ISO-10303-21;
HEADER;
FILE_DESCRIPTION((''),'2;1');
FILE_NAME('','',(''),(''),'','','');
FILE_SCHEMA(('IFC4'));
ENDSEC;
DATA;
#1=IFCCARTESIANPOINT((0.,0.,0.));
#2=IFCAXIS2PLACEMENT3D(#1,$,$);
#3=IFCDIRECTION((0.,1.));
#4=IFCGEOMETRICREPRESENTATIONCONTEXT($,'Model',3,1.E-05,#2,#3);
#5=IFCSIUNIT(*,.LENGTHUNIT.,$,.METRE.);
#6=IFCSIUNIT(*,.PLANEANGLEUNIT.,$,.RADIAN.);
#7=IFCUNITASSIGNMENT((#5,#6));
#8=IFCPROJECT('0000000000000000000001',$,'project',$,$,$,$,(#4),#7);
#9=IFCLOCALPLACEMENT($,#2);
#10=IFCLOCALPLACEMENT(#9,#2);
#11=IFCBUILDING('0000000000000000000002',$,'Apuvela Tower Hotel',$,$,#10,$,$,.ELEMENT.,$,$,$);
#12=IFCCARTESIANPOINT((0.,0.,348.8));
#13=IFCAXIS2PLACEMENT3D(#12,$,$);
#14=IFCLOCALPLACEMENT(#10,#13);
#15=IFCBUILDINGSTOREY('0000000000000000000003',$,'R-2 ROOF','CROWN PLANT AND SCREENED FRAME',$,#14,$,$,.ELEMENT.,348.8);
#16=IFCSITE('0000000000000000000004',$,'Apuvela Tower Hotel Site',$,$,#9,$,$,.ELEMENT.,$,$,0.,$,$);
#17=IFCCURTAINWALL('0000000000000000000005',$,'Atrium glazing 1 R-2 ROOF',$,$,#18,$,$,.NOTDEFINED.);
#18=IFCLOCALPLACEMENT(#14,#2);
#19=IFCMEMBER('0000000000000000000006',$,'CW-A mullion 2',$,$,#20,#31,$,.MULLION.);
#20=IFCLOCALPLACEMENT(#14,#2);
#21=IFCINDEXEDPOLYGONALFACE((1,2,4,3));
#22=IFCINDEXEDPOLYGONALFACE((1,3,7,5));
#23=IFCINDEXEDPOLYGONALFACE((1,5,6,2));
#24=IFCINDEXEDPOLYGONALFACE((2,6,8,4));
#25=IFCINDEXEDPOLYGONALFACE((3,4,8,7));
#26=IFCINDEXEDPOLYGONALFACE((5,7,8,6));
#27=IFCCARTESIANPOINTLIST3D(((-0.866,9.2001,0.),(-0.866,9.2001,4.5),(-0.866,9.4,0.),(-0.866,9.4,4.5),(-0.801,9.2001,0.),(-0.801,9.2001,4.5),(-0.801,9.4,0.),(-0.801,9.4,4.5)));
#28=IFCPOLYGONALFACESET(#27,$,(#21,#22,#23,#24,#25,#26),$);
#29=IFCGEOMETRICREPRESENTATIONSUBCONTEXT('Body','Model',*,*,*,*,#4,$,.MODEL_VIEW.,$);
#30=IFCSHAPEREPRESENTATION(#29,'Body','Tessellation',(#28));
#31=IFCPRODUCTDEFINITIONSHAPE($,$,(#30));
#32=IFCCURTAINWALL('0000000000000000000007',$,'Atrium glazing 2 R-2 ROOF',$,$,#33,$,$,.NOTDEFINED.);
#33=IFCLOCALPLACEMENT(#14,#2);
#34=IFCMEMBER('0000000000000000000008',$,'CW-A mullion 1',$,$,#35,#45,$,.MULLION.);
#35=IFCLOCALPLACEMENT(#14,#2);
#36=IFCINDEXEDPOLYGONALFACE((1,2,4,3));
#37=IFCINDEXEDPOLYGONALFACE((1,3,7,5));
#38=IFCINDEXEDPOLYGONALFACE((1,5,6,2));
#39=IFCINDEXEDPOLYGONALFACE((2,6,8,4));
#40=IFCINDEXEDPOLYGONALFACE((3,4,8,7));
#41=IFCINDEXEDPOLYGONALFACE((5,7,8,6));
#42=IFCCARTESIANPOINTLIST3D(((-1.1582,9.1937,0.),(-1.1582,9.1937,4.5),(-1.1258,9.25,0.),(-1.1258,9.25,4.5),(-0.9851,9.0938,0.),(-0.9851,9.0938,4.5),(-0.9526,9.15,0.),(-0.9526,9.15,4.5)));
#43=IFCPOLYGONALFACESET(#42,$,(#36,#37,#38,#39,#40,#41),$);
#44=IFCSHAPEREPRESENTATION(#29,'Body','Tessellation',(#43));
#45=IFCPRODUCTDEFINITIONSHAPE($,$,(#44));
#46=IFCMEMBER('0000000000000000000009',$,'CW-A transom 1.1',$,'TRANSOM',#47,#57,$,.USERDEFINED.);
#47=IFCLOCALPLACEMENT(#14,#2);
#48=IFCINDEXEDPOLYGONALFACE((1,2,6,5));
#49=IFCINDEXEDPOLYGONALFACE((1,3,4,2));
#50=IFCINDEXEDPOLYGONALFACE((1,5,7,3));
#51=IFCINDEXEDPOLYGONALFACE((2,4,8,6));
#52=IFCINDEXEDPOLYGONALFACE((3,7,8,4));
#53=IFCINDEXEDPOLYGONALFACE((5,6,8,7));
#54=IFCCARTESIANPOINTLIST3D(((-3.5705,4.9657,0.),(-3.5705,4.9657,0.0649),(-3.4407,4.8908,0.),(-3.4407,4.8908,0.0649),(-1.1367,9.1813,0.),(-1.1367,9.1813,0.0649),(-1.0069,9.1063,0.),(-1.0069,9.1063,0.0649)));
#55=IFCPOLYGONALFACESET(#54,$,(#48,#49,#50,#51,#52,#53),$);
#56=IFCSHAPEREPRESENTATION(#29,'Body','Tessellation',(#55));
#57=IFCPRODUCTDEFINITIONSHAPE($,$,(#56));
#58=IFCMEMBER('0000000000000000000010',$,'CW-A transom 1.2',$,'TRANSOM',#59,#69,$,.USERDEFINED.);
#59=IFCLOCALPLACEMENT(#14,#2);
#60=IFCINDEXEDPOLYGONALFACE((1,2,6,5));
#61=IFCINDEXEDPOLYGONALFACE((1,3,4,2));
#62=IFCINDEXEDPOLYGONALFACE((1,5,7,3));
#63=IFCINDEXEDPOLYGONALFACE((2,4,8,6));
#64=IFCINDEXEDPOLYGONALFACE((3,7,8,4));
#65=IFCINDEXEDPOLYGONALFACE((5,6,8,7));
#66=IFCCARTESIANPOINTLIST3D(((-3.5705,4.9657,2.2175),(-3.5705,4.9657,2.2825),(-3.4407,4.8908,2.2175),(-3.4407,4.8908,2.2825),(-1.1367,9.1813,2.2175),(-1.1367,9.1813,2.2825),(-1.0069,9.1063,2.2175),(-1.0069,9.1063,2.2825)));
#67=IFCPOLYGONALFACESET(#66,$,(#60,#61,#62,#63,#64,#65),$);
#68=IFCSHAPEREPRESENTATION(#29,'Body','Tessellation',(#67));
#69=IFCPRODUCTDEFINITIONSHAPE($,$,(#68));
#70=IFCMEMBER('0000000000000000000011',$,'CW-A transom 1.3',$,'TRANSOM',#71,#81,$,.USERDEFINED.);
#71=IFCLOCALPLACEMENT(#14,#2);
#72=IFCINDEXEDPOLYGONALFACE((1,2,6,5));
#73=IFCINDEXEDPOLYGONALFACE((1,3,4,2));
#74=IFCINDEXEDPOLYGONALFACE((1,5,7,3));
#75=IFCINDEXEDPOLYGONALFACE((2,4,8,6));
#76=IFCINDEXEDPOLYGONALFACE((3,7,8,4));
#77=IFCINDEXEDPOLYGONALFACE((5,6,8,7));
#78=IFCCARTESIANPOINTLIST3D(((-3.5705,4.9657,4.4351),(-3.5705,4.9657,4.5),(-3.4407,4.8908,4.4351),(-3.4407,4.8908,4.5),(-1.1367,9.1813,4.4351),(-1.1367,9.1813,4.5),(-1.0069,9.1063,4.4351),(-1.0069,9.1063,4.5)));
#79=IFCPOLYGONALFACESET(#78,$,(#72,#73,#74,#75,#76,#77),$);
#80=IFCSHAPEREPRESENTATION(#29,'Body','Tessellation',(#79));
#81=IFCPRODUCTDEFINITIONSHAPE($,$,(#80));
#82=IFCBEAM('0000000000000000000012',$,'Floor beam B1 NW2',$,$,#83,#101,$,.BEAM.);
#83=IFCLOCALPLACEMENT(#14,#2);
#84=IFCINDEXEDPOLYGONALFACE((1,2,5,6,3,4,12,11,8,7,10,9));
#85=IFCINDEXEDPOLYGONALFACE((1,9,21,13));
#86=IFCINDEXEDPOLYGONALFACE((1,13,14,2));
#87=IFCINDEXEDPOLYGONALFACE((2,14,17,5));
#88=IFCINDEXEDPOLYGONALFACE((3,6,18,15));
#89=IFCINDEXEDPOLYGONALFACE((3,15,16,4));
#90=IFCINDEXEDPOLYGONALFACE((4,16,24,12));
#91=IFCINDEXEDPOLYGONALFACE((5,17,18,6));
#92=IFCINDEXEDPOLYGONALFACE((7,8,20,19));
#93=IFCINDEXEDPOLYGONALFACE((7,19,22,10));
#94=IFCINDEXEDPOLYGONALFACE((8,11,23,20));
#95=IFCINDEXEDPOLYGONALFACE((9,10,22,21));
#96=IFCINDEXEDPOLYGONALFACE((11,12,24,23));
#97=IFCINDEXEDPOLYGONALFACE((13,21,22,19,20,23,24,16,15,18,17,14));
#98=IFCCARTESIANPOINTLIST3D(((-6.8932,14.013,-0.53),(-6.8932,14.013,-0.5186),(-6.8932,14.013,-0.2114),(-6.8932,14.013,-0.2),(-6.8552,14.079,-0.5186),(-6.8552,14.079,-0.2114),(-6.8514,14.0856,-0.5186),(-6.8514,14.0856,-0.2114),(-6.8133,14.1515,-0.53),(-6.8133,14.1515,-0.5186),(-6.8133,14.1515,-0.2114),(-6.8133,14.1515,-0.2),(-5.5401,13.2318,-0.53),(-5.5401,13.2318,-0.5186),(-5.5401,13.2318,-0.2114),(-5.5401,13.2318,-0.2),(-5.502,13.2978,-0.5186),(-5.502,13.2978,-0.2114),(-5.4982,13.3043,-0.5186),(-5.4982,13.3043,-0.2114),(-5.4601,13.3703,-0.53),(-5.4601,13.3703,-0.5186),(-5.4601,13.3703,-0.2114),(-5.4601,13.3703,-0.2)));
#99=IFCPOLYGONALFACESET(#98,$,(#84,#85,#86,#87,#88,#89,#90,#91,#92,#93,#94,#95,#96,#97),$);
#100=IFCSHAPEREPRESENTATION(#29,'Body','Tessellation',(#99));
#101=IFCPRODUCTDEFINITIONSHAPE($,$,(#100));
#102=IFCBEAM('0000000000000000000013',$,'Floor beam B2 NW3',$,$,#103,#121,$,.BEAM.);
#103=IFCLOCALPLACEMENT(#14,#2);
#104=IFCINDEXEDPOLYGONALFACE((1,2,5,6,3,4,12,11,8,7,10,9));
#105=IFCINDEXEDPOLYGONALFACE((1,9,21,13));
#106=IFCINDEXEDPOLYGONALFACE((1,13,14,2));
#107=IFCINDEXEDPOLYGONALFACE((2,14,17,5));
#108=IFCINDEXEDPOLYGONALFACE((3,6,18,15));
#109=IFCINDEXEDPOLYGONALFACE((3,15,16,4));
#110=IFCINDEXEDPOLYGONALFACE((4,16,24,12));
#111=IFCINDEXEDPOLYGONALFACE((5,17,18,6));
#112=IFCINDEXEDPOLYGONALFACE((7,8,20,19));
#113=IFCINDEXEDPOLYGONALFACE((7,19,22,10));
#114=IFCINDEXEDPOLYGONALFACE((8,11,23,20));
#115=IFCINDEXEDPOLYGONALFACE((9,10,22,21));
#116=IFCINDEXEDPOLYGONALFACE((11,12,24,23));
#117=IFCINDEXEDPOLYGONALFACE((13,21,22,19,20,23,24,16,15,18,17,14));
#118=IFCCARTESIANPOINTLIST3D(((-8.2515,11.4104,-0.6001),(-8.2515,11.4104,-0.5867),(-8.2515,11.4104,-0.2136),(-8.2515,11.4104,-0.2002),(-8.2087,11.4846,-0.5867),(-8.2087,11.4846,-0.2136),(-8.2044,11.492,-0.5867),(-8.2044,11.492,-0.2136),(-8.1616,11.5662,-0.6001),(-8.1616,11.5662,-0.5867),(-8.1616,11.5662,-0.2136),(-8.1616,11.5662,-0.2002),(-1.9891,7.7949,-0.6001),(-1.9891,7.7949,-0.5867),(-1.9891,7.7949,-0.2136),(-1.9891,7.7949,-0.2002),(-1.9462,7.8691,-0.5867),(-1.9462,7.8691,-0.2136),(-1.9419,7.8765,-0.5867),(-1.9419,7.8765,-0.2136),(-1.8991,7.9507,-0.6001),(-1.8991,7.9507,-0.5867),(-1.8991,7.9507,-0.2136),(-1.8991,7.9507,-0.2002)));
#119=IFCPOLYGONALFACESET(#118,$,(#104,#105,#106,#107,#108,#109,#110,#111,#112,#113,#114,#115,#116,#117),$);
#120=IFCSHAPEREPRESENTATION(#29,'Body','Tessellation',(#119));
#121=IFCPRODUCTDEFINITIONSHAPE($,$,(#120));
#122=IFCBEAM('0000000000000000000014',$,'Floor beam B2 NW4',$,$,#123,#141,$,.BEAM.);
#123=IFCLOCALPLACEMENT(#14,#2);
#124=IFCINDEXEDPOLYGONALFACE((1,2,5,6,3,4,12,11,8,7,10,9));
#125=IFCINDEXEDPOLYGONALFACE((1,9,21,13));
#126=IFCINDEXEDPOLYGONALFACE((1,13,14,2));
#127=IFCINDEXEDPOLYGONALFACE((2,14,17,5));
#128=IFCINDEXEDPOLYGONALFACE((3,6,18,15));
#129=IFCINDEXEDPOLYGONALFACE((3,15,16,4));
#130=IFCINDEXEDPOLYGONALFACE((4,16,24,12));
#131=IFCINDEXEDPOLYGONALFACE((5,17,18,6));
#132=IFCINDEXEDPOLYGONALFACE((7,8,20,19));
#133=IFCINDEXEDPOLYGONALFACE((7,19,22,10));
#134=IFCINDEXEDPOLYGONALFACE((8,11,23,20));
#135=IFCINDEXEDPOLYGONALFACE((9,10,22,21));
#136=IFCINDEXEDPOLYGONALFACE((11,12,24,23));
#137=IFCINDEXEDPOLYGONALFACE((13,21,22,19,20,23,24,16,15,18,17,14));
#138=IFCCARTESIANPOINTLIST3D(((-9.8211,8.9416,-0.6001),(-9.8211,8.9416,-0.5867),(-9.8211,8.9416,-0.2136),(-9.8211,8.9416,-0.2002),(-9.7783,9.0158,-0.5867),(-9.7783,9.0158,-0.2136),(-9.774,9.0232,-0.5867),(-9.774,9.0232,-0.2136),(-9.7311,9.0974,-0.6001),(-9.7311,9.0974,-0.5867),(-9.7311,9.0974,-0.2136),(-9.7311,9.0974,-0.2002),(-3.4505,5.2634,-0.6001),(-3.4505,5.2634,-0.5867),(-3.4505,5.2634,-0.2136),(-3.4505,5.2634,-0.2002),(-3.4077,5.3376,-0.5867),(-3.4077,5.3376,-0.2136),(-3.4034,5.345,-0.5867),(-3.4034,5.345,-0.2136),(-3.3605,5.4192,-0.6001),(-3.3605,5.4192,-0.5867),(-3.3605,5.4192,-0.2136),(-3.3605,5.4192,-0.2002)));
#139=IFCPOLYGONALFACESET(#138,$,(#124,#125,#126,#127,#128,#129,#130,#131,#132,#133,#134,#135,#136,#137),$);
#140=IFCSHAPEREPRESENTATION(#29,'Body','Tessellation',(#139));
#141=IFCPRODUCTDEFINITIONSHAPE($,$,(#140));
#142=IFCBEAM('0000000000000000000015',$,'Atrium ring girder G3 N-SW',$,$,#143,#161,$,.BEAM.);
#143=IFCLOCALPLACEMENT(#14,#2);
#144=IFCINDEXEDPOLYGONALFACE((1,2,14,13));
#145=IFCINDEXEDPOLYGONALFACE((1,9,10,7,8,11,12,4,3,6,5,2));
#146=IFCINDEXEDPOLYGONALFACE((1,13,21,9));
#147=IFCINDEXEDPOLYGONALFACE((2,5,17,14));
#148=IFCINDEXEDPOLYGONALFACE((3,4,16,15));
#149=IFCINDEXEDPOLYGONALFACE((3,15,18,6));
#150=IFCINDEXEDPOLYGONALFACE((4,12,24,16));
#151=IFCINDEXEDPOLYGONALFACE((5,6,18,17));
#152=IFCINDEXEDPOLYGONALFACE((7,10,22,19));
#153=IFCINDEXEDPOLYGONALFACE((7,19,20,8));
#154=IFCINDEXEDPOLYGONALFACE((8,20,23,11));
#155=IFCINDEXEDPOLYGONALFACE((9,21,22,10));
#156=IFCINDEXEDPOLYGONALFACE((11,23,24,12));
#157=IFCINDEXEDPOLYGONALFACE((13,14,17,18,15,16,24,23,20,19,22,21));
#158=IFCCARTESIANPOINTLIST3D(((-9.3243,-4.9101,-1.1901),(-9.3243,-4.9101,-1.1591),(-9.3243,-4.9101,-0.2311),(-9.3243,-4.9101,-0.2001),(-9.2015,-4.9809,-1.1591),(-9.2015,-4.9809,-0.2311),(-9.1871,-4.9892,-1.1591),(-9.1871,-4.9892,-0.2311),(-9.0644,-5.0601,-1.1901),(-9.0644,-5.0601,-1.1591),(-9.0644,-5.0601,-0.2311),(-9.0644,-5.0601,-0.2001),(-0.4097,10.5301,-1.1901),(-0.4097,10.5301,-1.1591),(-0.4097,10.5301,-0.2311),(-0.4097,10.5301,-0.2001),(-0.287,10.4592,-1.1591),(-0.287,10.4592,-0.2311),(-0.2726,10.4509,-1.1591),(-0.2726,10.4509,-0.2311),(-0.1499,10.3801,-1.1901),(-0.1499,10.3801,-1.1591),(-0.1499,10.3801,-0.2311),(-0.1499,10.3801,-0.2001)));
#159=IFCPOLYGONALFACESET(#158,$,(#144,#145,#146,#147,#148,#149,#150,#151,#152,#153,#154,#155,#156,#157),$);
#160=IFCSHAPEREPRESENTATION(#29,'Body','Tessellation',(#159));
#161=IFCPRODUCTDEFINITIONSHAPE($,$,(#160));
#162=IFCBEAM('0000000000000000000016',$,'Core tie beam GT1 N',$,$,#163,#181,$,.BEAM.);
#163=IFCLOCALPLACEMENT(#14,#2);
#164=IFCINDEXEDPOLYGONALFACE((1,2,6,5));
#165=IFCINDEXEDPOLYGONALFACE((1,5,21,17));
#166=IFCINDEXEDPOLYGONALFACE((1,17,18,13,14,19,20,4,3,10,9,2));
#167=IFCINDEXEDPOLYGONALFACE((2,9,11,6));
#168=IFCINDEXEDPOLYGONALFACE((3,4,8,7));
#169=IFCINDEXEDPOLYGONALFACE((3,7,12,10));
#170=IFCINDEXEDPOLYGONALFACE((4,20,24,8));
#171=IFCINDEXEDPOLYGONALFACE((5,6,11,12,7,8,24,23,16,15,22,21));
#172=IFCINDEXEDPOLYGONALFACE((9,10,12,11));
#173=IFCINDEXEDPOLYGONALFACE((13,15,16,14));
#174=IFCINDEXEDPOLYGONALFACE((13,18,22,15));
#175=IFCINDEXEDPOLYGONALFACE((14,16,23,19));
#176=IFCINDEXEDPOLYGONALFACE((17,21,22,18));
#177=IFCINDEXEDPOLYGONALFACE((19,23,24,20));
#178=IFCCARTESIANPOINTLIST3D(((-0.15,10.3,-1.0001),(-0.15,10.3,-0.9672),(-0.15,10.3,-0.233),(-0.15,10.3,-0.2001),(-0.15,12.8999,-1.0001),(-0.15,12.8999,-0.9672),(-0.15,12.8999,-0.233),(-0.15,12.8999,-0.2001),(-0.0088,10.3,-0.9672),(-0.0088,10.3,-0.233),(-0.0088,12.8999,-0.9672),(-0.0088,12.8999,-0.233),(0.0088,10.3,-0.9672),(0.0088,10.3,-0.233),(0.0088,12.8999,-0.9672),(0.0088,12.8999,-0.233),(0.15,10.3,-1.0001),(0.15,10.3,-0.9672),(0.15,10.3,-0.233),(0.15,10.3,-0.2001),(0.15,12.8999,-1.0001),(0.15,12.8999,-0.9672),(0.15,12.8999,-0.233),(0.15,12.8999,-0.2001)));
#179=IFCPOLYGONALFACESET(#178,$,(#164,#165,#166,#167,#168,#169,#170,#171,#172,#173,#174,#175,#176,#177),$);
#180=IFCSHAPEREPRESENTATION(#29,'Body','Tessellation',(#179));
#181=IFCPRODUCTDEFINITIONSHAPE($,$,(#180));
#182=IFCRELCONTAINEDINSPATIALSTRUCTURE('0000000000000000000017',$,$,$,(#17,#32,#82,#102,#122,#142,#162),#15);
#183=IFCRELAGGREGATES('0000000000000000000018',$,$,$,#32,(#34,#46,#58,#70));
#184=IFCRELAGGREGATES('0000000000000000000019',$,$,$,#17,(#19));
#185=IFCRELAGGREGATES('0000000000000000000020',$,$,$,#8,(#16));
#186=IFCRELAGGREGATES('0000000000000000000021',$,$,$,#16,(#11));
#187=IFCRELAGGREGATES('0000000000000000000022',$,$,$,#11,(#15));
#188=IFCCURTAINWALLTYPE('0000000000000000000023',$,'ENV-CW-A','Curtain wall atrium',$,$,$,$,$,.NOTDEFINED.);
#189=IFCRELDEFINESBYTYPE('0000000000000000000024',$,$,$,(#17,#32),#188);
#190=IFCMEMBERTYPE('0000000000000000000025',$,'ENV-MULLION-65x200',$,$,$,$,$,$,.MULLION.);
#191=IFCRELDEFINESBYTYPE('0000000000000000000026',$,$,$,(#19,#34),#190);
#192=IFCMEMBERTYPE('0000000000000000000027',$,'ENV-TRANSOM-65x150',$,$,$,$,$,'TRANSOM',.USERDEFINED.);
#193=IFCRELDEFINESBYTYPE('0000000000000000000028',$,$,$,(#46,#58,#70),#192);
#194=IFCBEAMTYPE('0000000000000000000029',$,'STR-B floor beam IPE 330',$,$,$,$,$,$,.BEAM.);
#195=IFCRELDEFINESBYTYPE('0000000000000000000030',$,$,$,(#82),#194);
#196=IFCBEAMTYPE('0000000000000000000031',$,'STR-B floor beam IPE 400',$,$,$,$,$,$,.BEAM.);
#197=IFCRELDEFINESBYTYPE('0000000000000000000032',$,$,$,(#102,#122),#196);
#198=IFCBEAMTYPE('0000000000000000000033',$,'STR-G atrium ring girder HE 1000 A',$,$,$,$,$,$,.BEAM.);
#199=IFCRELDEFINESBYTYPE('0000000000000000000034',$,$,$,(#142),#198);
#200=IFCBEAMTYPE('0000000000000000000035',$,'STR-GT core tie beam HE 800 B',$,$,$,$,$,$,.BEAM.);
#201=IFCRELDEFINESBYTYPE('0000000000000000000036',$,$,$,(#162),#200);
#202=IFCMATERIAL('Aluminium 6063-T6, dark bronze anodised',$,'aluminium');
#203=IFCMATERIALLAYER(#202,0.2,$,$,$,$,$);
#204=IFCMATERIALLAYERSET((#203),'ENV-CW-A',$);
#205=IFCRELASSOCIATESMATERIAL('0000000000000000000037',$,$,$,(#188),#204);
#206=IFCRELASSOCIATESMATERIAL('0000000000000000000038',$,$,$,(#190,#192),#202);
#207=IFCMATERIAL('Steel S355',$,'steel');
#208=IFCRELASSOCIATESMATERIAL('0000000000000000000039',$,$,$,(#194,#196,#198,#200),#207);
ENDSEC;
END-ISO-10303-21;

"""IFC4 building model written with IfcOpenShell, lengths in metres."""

from ifc_helpers import new_model, si_unit, direction, frame, origin, origin_2d, place, context, subcontext, project, spatial, rectangle, i_section, extrude, material, layer, layer_set, material_profile, profile_set, type_object, element, aggregate, save


model = new_model("IFC4")

# Units and contexts
model_context = context("Model", 3, precision=1e-05, world=origin(), true_north=direction((0.0, 1.0)))
body_context = subcontext(model_context, "Body", "Model", "MODEL_VIEW")
ifc_project = project(units=[si_unit("LENGTHUNIT", "METRE"), si_unit("PLANEANGLEUNIT", "RADIAN")], contexts=[model_context])

# Site, building, storey
site_placement = place(None, origin())
site = spatial("IfcSite", under=ifc_project, at=site_placement, Name="Apuvela Tower Hotel Site", CompositionType="ELEMENT", RefElevation=0.0)
building_placement = place(site_placement, origin())
building = spatial("IfcBuilding", under=site, at=building_placement, Name="Apuvela Tower Hotel", CompositionType="ELEMENT")
storey_placement = place(building_placement, frame((0.0, 0.0, 348.8)))
storey = spatial("IfcBuildingStorey", under=building, at=storey_placement, Name="R-2 ROOF", Description="CROWN PLANT AND SCREENED FRAME", CompositionType="ELEMENT", Elevation=348.8)

# Curtain wall, member
ifc_material_1 = material(Name="Aluminium 6063-T6, dark bronze anodised", Category="aluminium")
ifc_layer_1 = layer(ifc_material_1, 0.2)
ifc_layer_set_1 = layer_set([ifc_layer_1], Name="ENV-CW-A")
curtain_wall_type = type_object("IfcCurtainWallType", Name="ENV-CW-A", Description="Curtain wall atrium", PredefinedType="NOTDEFINED", material=ifc_layer_set_1)
curtain_wall_1_placement = place(storey_placement, origin())
curtain_wall_1 = element("IfcCurtainWall", 1, at=curtain_wall_1_placement, inside=storey, type_object=curtain_wall_type, Name="Atrium glazing 1 R-2 ROOF", PredefinedType="NOTDEFINED")
ifc_material_profile_1 = material_profile(ifc_material_1, rectangle(XDim=0.2, YDim=0.0649, at=origin_2d()), Name="AL 65x200")
ifc_profile_set_1 = profile_set([ifc_material_profile_1], Name="Aluminium 6063-T6, dark bronze anodised")
member_type_1 = type_object("IfcMemberType", Name="ENV-MULLION-65x200", PredefinedType="MULLION", material=ifc_profile_set_1)
member_1_placement = place(storey_placement, frame((-0.8335, 9.3, 0.0), z_axis=(0.0, 0.0, 1.0), x_axis=(0.0, -1.0, 0.0)))
member_1 = element("IfcMember", 2, at=member_1_placement, type_object=member_type_1, Name="CW-A mullion 2", PredefinedType="MULLION", context=body_context, shape_type="SweptSolid", body=[
    extrude(rectangle(XDim=0.2, YDim=0.0649, at=origin_2d()), origin(), (0.0, 0.0, 1.0), 4.5),
])

# Curtain wall, members
curtain_wall_2_placement = place(storey_placement, origin())
curtain_wall_2 = element("IfcCurtainWall", 3, at=curtain_wall_2_placement, inside=storey, type_object=curtain_wall_type, Name="Atrium glazing 2 R-2 ROOF", PredefinedType="NOTDEFINED")
member_2_placement = place(storey_placement, frame((-1.0554, 9.1719, 0.0), z_axis=(0.0, 0.0, 1.0), x_axis=(0.866026, -0.499999, 0.0)))
member_2 = element("IfcMember", 4, at=member_2_placement, type_object=member_type_1, Name="CW-A mullion 1", PredefinedType="MULLION", context=body_context, shape_type="SweptSolid", body=[
    extrude(rectangle(XDim=0.2, YDim=0.0649, at=origin_2d()), origin(), (0.0, 0.0, 1.0), 4.5),
])
ifc_material_profile_2 = material_profile(ifc_material_1, rectangle(XDim=0.1499, YDim=0.0649, at=origin_2d()), Name="AL 65x150 transom")
ifc_profile_set_2 = profile_set([ifc_material_profile_2], Name="Aluminium 6063-T6, dark bronze anodised")
member_type_2 = type_object("IfcMemberType", Name="ENV-TRANSOM-65x150", ElementType="TRANSOM", PredefinedType="USERDEFINED", material=ifc_profile_set_2)
member_3_placement = place(storey_placement, frame((-1.0718, 9.1438, 0.0325), z_axis=(-0.499996, -0.866028, 0.0), x_axis=(0.866028, -0.499996, 0.0)))
member_3 = element("IfcMember", 5, at=member_3_placement, type_object=member_type_2, Name="CW-A transom 1.1", ObjectType="TRANSOM", PredefinedType="USERDEFINED", context=body_context, shape_type="SweptSolid", body=[
    extrude(rectangle(XDim=0.1499, YDim=0.0649, at=origin_2d()), origin(), (0.0, 0.0, 1.0), 4.8677),
])
member_4_placement = place(storey_placement, frame((-1.0718, 9.1438, 2.25), z_axis=(-0.499996, -0.866028, 0.0), x_axis=(0.866028, -0.499996, 0.0)))
member_4 = element("IfcMember", 6, at=member_4_placement, type_object=member_type_2, Name="CW-A transom 1.2", ObjectType="TRANSOM", PredefinedType="USERDEFINED", context=body_context, shape_type="SweptSolid", body=[
    extrude(rectangle(XDim=0.1499, YDim=0.0649, at=origin_2d()), origin(), (0.0, 0.0, 1.0), 4.8677),
])
member_5_placement = place(storey_placement, frame((-1.0718, 9.1438, 4.4675), z_axis=(-0.499996, -0.866028, 0.0), x_axis=(0.866028, -0.499996, 0.0)))
member_5 = element("IfcMember", 7, at=member_5_placement, type_object=member_type_2, Name="CW-A transom 1.3", ObjectType="TRANSOM", PredefinedType="USERDEFINED", context=body_context, shape_type="SweptSolid", body=[
    extrude(rectangle(XDim=0.1499, YDim=0.0649, at=origin_2d()), origin(), (0.0, 0.0, 1.0), 4.8677),
])
aggregate(curtain_wall_2, [member_2, member_3, member_4, member_5])

# Beams
ifc_material_2 = material(Name="Steel S355", Category="steel")
ifc_material_profile_3 = material_profile(ifc_material_2, i_section(OverallWidth=0.1599, OverallDepth=0.3301, WebThickness=0.0076, FlangeThickness=0.0115, at=origin_2d()), Name="IPE 330")
ifc_profile_set_3 = profile_set([ifc_material_profile_3], Name="Steel S355")
beam_type_1 = type_object("IfcBeamType", Name="STR-B floor beam IPE 330", PredefinedType="BEAM", material=ifc_profile_set_3)
beam_1_placement = place(storey_placement, frame((-6.8533, 14.0823, -0.365), z_axis=(0.866042, -0.49997, 0.0), x_axis=(0.49997, 0.866042, 0.0)))
element("IfcBeam", 8, at=beam_1_placement, inside=storey, type_object=beam_type_1, Name="Floor beam B1 NW2", PredefinedType="BEAM", context=body_context, shape_type="SweptSolid", body=[
    extrude(i_section(OverallWidth=0.1599, OverallDepth=0.3301, WebThickness=0.0076, FlangeThickness=0.0115, at=origin_2d()), origin(), (0.0, 0.0, 1.0), 1.5625),
])
ifc_material_profile_4 = material_profile(ifc_material_2, i_section(OverallWidth=0.1799, OverallDepth=0.3999, WebThickness=0.0085, FlangeThickness=0.0134, at=origin_2d()), Name="IPE 400")
ifc_profile_set_4 = profile_set([ifc_material_profile_4], Name="Steel S355")
beam_type_2 = type_object("IfcBeamType", Name="STR-B floor beam IPE 400", PredefinedType="BEAM", material=ifc_profile_set_4)
beam_2_placement = place(storey_placement, frame((-8.2065, 11.4883, -0.4001), z_axis=(0.866034, -0.499985, 0.0), x_axis=(0.499985, 0.866034, 0.0)))
element("IfcBeam", 9, at=beam_2_placement, inside=storey, type_object=beam_type_2, Name="Floor beam B2 NW3", PredefinedType="BEAM", context=body_context, shape_type="SweptSolid", body=[
    extrude(i_section(OverallWidth=0.1799, OverallDepth=0.3999, WebThickness=0.0085, FlangeThickness=0.0134, at=origin_2d()), origin(), (0.0, 0.0, 1.0), 7.2312),
])
beam_3_placement = place(storey_placement, frame((-9.7761, 9.0195, -0.4001), z_axis=(0.866016, -0.500015, 0.0), x_axis=(0.500015, 0.866016, 0.0)))
element("IfcBeam", 10, at=beam_3_placement, inside=storey, type_object=beam_type_2, Name="Floor beam B2 NW4", PredefinedType="BEAM", context=body_context, shape_type="SweptSolid", body=[
    extrude(i_section(OverallWidth=0.1799, OverallDepth=0.3999, WebThickness=0.0085, FlangeThickness=0.0134, at=origin_2d()), origin(), (0.0, 0.0, 1.0), 7.3562),
])
ifc_material_profile_5 = material_profile(ifc_material_2, i_section(OverallWidth=0.3, OverallDepth=0.99, WebThickness=0.0166, FlangeThickness=0.031, at=origin_2d()), Name="HE 1000 A")
ifc_profile_set_5 = profile_set([ifc_material_profile_5], Name="Steel S355")
beam_type_3 = type_object("IfcBeamType", Name="STR-G atrium ring girder HE 1000 A", PredefinedType="BEAM", material=ifc_profile_set_5)
beam_4_placement = place(storey_placement, frame((-0.2798, 10.4551, -0.6951), z_axis=(-0.500007, -0.866022, 0.0), x_axis=(0.866022, -0.500007, 0.0)))
element("IfcBeam", 11, at=beam_4_placement, inside=storey, type_object=beam_type_3, Name="Atrium ring girder G3 N-SW", PredefinedType="BEAM", context=body_context, shape_type="SweptSolid", body=[
    extrude(i_section(OverallWidth=0.3, OverallDepth=0.99, WebThickness=0.0166, FlangeThickness=0.031, at=origin_2d()), origin(), (0.0, 0.0, 1.0), 17.8289),
])
ifc_material_profile_6 = material_profile(ifc_material_2, i_section(OverallWidth=0.3, OverallDepth=0.8, WebThickness=0.0176, FlangeThickness=0.033, at=origin_2d()), Name="HE 800 B")
ifc_profile_set_6 = profile_set([ifc_material_profile_6], Name="Steel S355")
beam_type_4 = type_object("IfcBeamType", Name="STR-GT core tie beam HE 800 B", PredefinedType="BEAM", material=ifc_profile_set_6)
beam_5_placement = place(storey_placement, frame((0.0, 12.8999, -0.6001), z_axis=(0.0, -1.0, 0.0), x_axis=(1.0, 0.0, 0.0)))
element("IfcBeam", 12, at=beam_5_placement, inside=storey, type_object=beam_type_4, Name="Core tie beam GT1 N", PredefinedType="BEAM", context=body_context, shape_type="SweptSolid", body=[
    extrude(i_section(OverallWidth=0.3, OverallDepth=0.8, WebThickness=0.0176, FlangeThickness=0.033, at=origin_2d()), origin(), (0.0, 0.0, 1.0), 2.5999),
])

aggregate(curtain_wall_1, [member_1])

save(model, "model.ifc")
